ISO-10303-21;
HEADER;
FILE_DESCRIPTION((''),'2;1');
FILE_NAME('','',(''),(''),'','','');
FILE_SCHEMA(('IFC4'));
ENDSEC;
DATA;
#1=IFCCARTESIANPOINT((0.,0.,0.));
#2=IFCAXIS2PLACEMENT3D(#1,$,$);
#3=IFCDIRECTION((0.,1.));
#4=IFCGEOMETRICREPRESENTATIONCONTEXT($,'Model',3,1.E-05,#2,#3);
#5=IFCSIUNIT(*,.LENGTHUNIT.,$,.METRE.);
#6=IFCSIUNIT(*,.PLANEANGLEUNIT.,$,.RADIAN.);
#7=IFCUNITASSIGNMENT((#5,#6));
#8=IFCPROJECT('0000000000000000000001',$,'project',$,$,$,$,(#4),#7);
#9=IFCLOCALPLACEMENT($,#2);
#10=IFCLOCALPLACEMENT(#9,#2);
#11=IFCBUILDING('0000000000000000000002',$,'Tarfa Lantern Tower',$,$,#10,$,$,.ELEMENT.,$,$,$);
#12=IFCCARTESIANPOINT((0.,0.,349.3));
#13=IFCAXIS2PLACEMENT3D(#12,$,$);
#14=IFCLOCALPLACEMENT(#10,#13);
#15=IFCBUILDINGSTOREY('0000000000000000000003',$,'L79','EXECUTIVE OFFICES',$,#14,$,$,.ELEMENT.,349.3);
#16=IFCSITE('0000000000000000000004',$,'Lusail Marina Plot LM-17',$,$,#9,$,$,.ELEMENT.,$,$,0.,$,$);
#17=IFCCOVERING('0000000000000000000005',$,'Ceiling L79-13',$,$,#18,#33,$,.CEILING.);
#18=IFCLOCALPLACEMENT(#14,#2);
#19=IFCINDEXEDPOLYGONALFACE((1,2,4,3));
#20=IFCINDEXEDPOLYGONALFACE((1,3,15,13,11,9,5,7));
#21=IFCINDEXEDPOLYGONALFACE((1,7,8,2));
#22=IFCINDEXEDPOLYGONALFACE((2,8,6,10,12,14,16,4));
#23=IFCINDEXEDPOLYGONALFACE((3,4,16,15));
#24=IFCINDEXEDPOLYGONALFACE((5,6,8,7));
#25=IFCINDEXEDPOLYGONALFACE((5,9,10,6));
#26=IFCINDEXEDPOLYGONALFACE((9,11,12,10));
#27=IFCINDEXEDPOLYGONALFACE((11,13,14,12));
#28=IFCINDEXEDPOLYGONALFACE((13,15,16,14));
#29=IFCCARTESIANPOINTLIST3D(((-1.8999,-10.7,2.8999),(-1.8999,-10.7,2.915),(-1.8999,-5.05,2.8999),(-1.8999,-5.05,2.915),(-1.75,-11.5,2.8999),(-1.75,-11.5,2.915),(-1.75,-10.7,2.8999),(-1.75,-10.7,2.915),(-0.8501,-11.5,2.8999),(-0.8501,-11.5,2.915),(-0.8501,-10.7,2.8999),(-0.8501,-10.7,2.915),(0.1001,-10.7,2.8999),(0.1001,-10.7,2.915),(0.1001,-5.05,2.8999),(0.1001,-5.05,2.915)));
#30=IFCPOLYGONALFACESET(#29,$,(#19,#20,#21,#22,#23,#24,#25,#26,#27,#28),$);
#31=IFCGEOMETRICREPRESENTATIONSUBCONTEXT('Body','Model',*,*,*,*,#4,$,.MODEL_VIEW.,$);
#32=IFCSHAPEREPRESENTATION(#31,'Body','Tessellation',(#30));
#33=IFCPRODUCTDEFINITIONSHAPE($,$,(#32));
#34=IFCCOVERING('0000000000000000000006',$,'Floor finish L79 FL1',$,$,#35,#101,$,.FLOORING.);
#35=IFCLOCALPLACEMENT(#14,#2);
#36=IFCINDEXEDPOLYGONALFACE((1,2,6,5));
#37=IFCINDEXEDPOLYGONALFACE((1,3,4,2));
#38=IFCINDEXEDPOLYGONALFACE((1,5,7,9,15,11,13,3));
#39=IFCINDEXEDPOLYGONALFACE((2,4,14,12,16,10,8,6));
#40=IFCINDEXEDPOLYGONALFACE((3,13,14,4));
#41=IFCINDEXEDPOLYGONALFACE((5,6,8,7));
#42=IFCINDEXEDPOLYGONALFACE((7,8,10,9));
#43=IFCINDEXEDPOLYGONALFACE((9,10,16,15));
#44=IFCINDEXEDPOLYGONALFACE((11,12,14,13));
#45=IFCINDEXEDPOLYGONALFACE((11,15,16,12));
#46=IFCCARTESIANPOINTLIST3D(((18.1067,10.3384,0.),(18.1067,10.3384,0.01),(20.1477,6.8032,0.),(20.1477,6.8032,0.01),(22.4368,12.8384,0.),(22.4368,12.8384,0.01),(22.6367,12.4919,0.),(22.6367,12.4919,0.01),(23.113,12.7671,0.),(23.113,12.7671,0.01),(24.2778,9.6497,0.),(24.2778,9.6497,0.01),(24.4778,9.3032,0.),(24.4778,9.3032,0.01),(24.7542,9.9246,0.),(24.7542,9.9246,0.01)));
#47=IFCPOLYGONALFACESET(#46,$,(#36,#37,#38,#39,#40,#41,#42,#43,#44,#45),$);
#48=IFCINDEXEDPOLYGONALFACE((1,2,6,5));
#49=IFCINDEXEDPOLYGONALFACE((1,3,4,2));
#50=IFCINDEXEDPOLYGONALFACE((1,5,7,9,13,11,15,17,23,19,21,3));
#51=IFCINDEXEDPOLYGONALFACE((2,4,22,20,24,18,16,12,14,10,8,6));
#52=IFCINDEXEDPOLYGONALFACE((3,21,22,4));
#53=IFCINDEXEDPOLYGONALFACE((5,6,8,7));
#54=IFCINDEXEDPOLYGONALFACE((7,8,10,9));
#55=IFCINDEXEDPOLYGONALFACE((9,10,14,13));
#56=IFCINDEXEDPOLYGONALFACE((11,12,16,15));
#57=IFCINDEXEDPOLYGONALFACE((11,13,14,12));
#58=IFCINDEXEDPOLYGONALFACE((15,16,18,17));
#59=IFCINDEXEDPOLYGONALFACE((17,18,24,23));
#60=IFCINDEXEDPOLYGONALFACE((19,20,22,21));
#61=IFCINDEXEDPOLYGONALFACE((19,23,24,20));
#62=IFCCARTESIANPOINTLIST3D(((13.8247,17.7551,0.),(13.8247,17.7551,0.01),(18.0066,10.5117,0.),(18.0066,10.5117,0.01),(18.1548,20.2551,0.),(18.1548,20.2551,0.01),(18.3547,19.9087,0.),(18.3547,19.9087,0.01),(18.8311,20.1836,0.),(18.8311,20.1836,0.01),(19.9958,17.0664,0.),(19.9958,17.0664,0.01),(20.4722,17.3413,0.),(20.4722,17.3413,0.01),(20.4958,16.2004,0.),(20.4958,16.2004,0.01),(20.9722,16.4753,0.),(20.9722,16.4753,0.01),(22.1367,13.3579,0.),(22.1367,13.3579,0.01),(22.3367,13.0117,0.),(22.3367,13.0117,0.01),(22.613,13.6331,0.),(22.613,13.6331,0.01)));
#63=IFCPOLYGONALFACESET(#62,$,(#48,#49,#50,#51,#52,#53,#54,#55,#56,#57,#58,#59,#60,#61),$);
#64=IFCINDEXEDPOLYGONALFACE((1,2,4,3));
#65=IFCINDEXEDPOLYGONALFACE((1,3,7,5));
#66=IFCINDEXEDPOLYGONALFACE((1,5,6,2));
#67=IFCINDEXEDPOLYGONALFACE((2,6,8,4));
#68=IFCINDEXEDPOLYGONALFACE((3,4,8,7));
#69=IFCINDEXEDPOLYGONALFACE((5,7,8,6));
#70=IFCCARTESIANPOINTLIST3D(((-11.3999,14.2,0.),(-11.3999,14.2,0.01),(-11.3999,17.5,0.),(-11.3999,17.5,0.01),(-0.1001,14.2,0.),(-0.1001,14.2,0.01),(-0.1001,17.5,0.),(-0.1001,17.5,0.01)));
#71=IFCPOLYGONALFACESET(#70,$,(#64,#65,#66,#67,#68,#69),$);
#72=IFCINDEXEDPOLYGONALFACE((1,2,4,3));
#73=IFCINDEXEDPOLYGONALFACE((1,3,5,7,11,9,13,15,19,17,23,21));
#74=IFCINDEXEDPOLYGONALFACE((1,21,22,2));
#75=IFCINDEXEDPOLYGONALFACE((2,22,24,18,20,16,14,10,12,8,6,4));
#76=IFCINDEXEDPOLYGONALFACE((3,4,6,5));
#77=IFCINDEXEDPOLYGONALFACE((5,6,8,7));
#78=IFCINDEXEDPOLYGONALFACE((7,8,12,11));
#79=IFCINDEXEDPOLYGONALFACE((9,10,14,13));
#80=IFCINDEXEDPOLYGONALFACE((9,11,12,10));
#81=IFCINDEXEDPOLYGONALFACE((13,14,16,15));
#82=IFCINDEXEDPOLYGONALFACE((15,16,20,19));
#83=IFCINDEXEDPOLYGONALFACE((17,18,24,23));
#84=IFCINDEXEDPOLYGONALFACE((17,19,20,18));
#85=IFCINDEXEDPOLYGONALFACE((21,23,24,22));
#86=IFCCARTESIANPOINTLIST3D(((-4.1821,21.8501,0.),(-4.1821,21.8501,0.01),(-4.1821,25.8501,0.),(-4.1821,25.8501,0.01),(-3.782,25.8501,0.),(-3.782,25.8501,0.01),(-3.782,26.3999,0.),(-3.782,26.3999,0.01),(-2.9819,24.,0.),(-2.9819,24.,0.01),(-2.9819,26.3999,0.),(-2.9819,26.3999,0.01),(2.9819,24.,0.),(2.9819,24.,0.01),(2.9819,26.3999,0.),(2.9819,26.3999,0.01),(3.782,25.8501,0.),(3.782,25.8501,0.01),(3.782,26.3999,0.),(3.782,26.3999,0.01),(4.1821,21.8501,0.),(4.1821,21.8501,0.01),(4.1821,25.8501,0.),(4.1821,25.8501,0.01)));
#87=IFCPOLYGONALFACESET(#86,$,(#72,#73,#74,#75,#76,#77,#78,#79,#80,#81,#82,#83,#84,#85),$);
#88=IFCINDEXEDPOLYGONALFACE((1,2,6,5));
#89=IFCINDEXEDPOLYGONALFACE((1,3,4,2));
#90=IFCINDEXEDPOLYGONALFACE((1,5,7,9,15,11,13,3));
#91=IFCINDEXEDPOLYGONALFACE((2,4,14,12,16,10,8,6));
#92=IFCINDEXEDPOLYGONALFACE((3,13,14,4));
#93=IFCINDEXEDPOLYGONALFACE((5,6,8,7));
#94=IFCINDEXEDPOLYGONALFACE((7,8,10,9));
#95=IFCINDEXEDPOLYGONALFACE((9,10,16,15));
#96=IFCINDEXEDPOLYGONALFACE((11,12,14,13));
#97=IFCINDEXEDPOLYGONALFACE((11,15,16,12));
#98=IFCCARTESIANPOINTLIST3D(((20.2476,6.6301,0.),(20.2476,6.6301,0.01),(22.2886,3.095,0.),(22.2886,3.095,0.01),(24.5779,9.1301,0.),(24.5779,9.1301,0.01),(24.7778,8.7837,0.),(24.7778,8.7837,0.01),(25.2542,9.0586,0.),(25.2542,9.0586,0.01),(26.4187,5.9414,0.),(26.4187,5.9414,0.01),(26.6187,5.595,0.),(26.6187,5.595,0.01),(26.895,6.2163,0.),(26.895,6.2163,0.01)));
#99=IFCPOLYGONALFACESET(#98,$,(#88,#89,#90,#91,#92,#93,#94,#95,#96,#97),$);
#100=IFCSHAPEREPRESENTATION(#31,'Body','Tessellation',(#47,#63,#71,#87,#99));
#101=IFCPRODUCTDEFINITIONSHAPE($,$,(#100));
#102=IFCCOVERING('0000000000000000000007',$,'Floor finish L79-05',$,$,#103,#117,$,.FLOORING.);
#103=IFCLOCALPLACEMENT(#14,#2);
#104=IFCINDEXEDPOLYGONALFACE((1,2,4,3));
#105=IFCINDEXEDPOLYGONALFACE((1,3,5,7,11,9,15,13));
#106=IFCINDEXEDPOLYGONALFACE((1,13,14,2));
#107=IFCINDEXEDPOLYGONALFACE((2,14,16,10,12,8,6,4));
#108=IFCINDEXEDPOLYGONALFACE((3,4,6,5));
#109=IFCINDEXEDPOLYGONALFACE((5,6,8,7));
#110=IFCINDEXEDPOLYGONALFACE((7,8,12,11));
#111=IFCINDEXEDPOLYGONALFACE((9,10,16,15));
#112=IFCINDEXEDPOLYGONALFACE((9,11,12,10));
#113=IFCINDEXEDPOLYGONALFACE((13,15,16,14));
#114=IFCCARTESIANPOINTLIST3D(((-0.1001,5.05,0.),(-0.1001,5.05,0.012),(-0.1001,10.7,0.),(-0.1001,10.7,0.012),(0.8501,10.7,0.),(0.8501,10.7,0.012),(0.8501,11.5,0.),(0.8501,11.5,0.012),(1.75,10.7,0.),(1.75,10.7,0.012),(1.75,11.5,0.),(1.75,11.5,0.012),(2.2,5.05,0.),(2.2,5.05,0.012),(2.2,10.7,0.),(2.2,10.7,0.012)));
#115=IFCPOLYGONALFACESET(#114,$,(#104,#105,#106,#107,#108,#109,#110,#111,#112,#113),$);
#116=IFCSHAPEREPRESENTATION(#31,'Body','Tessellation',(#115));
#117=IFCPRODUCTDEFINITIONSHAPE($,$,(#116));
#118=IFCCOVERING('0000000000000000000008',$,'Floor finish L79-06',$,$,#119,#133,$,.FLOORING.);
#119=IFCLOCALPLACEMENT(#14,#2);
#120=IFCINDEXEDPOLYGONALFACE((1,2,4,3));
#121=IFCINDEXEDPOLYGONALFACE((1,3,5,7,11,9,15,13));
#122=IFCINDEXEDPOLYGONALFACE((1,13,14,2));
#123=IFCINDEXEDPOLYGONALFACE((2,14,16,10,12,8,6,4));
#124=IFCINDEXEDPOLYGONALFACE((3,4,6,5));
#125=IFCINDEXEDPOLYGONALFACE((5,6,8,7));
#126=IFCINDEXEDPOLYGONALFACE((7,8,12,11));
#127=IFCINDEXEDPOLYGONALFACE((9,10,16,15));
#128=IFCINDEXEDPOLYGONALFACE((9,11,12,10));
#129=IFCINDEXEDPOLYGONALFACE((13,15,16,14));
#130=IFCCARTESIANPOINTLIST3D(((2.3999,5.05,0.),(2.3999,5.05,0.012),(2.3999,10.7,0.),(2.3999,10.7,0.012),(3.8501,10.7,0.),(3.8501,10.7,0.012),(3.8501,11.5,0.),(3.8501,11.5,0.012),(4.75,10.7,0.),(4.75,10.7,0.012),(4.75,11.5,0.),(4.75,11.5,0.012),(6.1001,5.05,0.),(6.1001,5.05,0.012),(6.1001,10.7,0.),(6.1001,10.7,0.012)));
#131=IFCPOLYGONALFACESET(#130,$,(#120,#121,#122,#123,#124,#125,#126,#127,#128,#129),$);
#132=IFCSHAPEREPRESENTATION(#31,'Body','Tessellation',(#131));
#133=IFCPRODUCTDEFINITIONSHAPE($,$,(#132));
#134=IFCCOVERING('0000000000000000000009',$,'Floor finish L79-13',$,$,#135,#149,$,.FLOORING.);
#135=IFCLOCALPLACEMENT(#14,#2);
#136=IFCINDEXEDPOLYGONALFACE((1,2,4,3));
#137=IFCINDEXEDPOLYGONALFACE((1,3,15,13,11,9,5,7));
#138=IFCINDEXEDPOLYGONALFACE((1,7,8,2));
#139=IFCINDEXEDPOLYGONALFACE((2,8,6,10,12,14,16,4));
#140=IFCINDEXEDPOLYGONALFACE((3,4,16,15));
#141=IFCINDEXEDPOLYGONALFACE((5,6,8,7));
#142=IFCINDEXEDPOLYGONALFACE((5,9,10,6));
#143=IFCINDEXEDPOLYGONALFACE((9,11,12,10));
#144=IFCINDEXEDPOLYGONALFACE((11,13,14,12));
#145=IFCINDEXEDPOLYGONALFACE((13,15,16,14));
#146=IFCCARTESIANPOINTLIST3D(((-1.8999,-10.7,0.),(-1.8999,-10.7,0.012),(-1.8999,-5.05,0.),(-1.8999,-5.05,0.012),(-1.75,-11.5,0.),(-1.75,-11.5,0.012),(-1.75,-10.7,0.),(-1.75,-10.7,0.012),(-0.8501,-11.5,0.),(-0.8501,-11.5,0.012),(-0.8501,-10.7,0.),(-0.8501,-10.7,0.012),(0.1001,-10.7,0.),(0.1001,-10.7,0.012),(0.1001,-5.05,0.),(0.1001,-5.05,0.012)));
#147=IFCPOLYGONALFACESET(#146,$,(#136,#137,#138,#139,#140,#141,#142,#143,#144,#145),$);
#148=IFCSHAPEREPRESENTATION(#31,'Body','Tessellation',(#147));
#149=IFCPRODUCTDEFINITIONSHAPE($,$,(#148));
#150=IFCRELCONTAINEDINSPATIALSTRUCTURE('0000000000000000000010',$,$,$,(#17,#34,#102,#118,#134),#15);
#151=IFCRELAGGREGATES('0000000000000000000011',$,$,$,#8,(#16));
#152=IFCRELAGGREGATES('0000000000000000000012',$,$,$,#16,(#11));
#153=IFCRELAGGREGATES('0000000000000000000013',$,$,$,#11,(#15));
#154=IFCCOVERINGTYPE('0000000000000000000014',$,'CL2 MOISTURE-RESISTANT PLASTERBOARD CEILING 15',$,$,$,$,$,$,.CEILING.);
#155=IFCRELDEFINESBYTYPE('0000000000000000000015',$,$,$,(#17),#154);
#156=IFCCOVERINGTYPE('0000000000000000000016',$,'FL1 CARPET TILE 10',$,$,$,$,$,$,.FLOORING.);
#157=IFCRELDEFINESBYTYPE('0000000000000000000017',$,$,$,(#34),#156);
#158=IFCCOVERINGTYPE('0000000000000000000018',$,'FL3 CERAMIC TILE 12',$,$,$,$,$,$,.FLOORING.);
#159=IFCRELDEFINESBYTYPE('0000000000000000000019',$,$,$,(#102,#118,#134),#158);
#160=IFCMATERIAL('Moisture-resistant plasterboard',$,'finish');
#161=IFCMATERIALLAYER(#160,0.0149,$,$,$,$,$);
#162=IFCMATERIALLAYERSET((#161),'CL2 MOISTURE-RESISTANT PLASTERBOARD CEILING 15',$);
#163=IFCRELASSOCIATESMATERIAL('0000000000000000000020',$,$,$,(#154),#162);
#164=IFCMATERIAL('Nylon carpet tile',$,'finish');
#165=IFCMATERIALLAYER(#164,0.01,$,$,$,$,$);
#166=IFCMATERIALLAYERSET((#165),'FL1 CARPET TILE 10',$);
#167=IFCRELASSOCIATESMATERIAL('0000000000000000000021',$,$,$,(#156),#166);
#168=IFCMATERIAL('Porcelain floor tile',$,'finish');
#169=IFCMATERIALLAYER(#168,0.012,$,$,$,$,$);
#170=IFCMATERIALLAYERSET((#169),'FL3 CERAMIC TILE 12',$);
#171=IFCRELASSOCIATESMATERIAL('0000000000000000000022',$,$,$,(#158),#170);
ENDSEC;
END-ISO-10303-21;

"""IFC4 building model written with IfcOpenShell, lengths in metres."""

from ifc_helpers import new_model, si_unit, direction, frame, origin, place, context, subcontext, project, spatial, polyline, outline, extrude, material, layer, layer_set, type_object, element, save


model = new_model("IFC4")

# Units and contexts
model_context = context("Model", 3, precision=1e-05, world=origin(), true_north=direction((0.0, 1.0)))
body_context = subcontext(model_context, "Body", "Model", "MODEL_VIEW")
ifc_project = project(units=[si_unit("LENGTHUNIT", "METRE"), si_unit("PLANEANGLEUNIT", "RADIAN")], contexts=[model_context])

# Site, building, storey
site_placement = place(None, origin())
site = spatial("IfcSite", under=ifc_project, at=site_placement, Name="Lusail Marina Plot LM-17", CompositionType="ELEMENT", RefElevation=0.0)
building_placement = place(site_placement, origin())
building = spatial("IfcBuilding", under=site, at=building_placement, Name="Tarfa Lantern Tower", CompositionType="ELEMENT")
storey_placement = place(building_placement, frame((0.0, 0.0, 349.3)))
storey = spatial("IfcBuildingStorey", under=building, at=storey_placement, Name="L79", Description="EXECUTIVE OFFICES", CompositionType="ELEMENT", Elevation=349.3)

# Coverings
ifc_material_1 = material(Name="Moisture-resistant plasterboard", Category="finish")
ifc_layer_1 = layer(ifc_material_1, 0.0149)
ifc_layer_set_1 = layer_set([ifc_layer_1], Name="CL2 MOISTURE-RESISTANT PLASTERBOARD CEILING 15")
covering_type_1 = type_object("IfcCoveringType", Name="CL2 MOISTURE-RESISTANT PLASTERBOARD CEILING 15", PredefinedType="CEILING", material=ifc_layer_set_1)
covering_1_placement = place(storey_placement, frame((0.0, 0.0, 2.8999)))
element("IfcCovering", 1, at=covering_1_placement, inside=storey, type_object=covering_type_1, Name="Ceiling L79-13", PredefinedType="CEILING", context=body_context, shape_type="SweptSolid", body=[
    extrude(outline(polyline([(-0.8501, -10.7), (0.1001, -10.7), (0.1001, -5.05), (-1.8999, -5.05), (-1.8999, -10.7), (-1.75, -10.7), (-1.75, -11.5), (-1.75, -11.5), (-0.8501, -11.5), (-0.8501, -10.7)])), origin(), (0.0, 0.0, 1.0), 0.0151),
])
ifc_material_2 = material(Name="Nylon carpet tile", Category="finish")
ifc_layer_2 = layer(ifc_material_2, 0.01)
ifc_layer_set_2 = layer_set([ifc_layer_2], Name="FL1 CARPET TILE 10")
covering_type_2 = type_object("IfcCoveringType", Name="FL1 CARPET TILE 10", PredefinedType="FLOORING", material=ifc_layer_set_2)
covering_2_placement = place(storey_placement, origin())
element("IfcCovering", 2, at=covering_2_placement, inside=storey, type_object=covering_type_2, Name="Floor finish L79 FL1", PredefinedType="FLOORING", context=body_context, shape_type="SweptSolid", body=[
    extrude(outline(polyline([(18.1067, 10.3384), (22.4368, 12.8384), (22.6367, 12.4919), (23.113, 12.7671), (24.7542, 9.9246), (24.2778, 9.6497), (24.4778, 9.3032), (20.1477, 6.8032), (18.1067, 10.3384)])), origin(), (0.0, 0.0, 1.0), 0.01),
    extrude(outline(polyline([(13.8247, 17.7551), (18.1548, 20.2551), (18.3547, 19.9087), (18.8311, 20.1836), (20.4722, 17.3413), (19.9958, 17.0664), (20.4958, 16.2004), (20.9722, 16.4753), (22.613, 13.6331), (22.1367, 13.3579), (22.3367, 13.0117), (18.0066, 10.5117), (13.8247, 17.7551)])), origin(), (0.0, 0.0, 1.0), 0.01),
    extrude(outline(polyline([(-11.3999, 17.5), (-0.1001, 17.5), (-0.1001, 14.2), (-11.3999, 14.2), (-11.3999, 17.5)])), origin(), (0.0, 0.0, 1.0), 0.01),
    extrude(outline(polyline([(4.1821, 21.8501), (-4.1821, 21.8501), (-4.1821, 25.8501), (-3.782, 25.8501), (-3.782, 26.3999), (-2.9819, 26.3999), (-2.9819, 24.0), (2.9819, 24.0), (2.9819, 26.3999), (3.782, 26.3999), (3.782, 25.8501), (4.1821, 25.8501), (4.1821, 21.8501)])), origin(), (0.0, 0.0, 1.0), 0.01),
    extrude(outline(polyline([(20.2476, 6.6301), (24.5779, 9.1301), (24.7778, 8.7837), (25.2542, 9.0586), (26.895, 6.2163), (26.4187, 5.9414), (26.6187, 5.595), (22.2886, 3.095), (20.2476, 6.6301)])), origin(), (0.0, 0.0, 1.0), 0.01),
])
ifc_material_3 = material(Name="Porcelain floor tile", Category="finish")
ifc_layer_3 = layer(ifc_material_3, 0.012)
ifc_layer_set_3 = layer_set([ifc_layer_3], Name="FL3 CERAMIC TILE 12")
covering_type_3 = type_object("IfcCoveringType", Name="FL3 CERAMIC TILE 12", PredefinedType="FLOORING", material=ifc_layer_set_3)
covering_3_placement = place(storey_placement, origin())
element("IfcCovering", 3, at=covering_3_placement, inside=storey, type_object=covering_type_3, Name="Floor finish L79-05", PredefinedType="FLOORING", context=body_context, shape_type="SweptSolid", body=[
    extrude(outline(polyline([(0.8501, 10.7), (-0.1001, 10.7), (-0.1001, 5.05), (2.2, 5.05), (2.2, 10.7), (1.75, 10.7), (1.75, 11.5), (0.8501, 11.5), (0.8501, 10.7)])), origin(), (0.0, 0.0, 1.0), 0.012),
])
covering_4_placement = place(storey_placement, origin())
element("IfcCovering", 4, at=covering_4_placement, inside=storey, type_object=covering_type_3, Name="Floor finish L79-06", PredefinedType="FLOORING", context=body_context, shape_type="SweptSolid", body=[
    extrude(outline(polyline([(2.3999, 5.05), (6.1001, 5.05), (6.1001, 10.7), (4.75, 10.7), (4.75, 11.5), (3.8501, 11.5), (3.8501, 10.7), (2.3999, 10.7), (2.3999, 5.05)])), origin(), (0.0, 0.0, 1.0), 0.012),
])
covering_5_placement = place(storey_placement, origin())
element("IfcCovering", 5, at=covering_5_placement, inside=storey, type_object=covering_type_3, Name="Floor finish L79-13", PredefinedType="FLOORING", context=body_context, shape_type="SweptSolid", body=[
    extrude(outline(polyline([(-0.8501, -10.7), (0.1001, -10.7), (0.1001, -5.05), (-1.8999, -5.05), (-1.8999, -10.7), (-1.75, -10.7), (-1.75, -11.5), (-1.75, -11.5), (-0.8501, -11.5), (-0.8501, -10.7)])), origin(), (0.0, 0.0, 1.0), 0.012),
])

save(model, "model.ifc")
